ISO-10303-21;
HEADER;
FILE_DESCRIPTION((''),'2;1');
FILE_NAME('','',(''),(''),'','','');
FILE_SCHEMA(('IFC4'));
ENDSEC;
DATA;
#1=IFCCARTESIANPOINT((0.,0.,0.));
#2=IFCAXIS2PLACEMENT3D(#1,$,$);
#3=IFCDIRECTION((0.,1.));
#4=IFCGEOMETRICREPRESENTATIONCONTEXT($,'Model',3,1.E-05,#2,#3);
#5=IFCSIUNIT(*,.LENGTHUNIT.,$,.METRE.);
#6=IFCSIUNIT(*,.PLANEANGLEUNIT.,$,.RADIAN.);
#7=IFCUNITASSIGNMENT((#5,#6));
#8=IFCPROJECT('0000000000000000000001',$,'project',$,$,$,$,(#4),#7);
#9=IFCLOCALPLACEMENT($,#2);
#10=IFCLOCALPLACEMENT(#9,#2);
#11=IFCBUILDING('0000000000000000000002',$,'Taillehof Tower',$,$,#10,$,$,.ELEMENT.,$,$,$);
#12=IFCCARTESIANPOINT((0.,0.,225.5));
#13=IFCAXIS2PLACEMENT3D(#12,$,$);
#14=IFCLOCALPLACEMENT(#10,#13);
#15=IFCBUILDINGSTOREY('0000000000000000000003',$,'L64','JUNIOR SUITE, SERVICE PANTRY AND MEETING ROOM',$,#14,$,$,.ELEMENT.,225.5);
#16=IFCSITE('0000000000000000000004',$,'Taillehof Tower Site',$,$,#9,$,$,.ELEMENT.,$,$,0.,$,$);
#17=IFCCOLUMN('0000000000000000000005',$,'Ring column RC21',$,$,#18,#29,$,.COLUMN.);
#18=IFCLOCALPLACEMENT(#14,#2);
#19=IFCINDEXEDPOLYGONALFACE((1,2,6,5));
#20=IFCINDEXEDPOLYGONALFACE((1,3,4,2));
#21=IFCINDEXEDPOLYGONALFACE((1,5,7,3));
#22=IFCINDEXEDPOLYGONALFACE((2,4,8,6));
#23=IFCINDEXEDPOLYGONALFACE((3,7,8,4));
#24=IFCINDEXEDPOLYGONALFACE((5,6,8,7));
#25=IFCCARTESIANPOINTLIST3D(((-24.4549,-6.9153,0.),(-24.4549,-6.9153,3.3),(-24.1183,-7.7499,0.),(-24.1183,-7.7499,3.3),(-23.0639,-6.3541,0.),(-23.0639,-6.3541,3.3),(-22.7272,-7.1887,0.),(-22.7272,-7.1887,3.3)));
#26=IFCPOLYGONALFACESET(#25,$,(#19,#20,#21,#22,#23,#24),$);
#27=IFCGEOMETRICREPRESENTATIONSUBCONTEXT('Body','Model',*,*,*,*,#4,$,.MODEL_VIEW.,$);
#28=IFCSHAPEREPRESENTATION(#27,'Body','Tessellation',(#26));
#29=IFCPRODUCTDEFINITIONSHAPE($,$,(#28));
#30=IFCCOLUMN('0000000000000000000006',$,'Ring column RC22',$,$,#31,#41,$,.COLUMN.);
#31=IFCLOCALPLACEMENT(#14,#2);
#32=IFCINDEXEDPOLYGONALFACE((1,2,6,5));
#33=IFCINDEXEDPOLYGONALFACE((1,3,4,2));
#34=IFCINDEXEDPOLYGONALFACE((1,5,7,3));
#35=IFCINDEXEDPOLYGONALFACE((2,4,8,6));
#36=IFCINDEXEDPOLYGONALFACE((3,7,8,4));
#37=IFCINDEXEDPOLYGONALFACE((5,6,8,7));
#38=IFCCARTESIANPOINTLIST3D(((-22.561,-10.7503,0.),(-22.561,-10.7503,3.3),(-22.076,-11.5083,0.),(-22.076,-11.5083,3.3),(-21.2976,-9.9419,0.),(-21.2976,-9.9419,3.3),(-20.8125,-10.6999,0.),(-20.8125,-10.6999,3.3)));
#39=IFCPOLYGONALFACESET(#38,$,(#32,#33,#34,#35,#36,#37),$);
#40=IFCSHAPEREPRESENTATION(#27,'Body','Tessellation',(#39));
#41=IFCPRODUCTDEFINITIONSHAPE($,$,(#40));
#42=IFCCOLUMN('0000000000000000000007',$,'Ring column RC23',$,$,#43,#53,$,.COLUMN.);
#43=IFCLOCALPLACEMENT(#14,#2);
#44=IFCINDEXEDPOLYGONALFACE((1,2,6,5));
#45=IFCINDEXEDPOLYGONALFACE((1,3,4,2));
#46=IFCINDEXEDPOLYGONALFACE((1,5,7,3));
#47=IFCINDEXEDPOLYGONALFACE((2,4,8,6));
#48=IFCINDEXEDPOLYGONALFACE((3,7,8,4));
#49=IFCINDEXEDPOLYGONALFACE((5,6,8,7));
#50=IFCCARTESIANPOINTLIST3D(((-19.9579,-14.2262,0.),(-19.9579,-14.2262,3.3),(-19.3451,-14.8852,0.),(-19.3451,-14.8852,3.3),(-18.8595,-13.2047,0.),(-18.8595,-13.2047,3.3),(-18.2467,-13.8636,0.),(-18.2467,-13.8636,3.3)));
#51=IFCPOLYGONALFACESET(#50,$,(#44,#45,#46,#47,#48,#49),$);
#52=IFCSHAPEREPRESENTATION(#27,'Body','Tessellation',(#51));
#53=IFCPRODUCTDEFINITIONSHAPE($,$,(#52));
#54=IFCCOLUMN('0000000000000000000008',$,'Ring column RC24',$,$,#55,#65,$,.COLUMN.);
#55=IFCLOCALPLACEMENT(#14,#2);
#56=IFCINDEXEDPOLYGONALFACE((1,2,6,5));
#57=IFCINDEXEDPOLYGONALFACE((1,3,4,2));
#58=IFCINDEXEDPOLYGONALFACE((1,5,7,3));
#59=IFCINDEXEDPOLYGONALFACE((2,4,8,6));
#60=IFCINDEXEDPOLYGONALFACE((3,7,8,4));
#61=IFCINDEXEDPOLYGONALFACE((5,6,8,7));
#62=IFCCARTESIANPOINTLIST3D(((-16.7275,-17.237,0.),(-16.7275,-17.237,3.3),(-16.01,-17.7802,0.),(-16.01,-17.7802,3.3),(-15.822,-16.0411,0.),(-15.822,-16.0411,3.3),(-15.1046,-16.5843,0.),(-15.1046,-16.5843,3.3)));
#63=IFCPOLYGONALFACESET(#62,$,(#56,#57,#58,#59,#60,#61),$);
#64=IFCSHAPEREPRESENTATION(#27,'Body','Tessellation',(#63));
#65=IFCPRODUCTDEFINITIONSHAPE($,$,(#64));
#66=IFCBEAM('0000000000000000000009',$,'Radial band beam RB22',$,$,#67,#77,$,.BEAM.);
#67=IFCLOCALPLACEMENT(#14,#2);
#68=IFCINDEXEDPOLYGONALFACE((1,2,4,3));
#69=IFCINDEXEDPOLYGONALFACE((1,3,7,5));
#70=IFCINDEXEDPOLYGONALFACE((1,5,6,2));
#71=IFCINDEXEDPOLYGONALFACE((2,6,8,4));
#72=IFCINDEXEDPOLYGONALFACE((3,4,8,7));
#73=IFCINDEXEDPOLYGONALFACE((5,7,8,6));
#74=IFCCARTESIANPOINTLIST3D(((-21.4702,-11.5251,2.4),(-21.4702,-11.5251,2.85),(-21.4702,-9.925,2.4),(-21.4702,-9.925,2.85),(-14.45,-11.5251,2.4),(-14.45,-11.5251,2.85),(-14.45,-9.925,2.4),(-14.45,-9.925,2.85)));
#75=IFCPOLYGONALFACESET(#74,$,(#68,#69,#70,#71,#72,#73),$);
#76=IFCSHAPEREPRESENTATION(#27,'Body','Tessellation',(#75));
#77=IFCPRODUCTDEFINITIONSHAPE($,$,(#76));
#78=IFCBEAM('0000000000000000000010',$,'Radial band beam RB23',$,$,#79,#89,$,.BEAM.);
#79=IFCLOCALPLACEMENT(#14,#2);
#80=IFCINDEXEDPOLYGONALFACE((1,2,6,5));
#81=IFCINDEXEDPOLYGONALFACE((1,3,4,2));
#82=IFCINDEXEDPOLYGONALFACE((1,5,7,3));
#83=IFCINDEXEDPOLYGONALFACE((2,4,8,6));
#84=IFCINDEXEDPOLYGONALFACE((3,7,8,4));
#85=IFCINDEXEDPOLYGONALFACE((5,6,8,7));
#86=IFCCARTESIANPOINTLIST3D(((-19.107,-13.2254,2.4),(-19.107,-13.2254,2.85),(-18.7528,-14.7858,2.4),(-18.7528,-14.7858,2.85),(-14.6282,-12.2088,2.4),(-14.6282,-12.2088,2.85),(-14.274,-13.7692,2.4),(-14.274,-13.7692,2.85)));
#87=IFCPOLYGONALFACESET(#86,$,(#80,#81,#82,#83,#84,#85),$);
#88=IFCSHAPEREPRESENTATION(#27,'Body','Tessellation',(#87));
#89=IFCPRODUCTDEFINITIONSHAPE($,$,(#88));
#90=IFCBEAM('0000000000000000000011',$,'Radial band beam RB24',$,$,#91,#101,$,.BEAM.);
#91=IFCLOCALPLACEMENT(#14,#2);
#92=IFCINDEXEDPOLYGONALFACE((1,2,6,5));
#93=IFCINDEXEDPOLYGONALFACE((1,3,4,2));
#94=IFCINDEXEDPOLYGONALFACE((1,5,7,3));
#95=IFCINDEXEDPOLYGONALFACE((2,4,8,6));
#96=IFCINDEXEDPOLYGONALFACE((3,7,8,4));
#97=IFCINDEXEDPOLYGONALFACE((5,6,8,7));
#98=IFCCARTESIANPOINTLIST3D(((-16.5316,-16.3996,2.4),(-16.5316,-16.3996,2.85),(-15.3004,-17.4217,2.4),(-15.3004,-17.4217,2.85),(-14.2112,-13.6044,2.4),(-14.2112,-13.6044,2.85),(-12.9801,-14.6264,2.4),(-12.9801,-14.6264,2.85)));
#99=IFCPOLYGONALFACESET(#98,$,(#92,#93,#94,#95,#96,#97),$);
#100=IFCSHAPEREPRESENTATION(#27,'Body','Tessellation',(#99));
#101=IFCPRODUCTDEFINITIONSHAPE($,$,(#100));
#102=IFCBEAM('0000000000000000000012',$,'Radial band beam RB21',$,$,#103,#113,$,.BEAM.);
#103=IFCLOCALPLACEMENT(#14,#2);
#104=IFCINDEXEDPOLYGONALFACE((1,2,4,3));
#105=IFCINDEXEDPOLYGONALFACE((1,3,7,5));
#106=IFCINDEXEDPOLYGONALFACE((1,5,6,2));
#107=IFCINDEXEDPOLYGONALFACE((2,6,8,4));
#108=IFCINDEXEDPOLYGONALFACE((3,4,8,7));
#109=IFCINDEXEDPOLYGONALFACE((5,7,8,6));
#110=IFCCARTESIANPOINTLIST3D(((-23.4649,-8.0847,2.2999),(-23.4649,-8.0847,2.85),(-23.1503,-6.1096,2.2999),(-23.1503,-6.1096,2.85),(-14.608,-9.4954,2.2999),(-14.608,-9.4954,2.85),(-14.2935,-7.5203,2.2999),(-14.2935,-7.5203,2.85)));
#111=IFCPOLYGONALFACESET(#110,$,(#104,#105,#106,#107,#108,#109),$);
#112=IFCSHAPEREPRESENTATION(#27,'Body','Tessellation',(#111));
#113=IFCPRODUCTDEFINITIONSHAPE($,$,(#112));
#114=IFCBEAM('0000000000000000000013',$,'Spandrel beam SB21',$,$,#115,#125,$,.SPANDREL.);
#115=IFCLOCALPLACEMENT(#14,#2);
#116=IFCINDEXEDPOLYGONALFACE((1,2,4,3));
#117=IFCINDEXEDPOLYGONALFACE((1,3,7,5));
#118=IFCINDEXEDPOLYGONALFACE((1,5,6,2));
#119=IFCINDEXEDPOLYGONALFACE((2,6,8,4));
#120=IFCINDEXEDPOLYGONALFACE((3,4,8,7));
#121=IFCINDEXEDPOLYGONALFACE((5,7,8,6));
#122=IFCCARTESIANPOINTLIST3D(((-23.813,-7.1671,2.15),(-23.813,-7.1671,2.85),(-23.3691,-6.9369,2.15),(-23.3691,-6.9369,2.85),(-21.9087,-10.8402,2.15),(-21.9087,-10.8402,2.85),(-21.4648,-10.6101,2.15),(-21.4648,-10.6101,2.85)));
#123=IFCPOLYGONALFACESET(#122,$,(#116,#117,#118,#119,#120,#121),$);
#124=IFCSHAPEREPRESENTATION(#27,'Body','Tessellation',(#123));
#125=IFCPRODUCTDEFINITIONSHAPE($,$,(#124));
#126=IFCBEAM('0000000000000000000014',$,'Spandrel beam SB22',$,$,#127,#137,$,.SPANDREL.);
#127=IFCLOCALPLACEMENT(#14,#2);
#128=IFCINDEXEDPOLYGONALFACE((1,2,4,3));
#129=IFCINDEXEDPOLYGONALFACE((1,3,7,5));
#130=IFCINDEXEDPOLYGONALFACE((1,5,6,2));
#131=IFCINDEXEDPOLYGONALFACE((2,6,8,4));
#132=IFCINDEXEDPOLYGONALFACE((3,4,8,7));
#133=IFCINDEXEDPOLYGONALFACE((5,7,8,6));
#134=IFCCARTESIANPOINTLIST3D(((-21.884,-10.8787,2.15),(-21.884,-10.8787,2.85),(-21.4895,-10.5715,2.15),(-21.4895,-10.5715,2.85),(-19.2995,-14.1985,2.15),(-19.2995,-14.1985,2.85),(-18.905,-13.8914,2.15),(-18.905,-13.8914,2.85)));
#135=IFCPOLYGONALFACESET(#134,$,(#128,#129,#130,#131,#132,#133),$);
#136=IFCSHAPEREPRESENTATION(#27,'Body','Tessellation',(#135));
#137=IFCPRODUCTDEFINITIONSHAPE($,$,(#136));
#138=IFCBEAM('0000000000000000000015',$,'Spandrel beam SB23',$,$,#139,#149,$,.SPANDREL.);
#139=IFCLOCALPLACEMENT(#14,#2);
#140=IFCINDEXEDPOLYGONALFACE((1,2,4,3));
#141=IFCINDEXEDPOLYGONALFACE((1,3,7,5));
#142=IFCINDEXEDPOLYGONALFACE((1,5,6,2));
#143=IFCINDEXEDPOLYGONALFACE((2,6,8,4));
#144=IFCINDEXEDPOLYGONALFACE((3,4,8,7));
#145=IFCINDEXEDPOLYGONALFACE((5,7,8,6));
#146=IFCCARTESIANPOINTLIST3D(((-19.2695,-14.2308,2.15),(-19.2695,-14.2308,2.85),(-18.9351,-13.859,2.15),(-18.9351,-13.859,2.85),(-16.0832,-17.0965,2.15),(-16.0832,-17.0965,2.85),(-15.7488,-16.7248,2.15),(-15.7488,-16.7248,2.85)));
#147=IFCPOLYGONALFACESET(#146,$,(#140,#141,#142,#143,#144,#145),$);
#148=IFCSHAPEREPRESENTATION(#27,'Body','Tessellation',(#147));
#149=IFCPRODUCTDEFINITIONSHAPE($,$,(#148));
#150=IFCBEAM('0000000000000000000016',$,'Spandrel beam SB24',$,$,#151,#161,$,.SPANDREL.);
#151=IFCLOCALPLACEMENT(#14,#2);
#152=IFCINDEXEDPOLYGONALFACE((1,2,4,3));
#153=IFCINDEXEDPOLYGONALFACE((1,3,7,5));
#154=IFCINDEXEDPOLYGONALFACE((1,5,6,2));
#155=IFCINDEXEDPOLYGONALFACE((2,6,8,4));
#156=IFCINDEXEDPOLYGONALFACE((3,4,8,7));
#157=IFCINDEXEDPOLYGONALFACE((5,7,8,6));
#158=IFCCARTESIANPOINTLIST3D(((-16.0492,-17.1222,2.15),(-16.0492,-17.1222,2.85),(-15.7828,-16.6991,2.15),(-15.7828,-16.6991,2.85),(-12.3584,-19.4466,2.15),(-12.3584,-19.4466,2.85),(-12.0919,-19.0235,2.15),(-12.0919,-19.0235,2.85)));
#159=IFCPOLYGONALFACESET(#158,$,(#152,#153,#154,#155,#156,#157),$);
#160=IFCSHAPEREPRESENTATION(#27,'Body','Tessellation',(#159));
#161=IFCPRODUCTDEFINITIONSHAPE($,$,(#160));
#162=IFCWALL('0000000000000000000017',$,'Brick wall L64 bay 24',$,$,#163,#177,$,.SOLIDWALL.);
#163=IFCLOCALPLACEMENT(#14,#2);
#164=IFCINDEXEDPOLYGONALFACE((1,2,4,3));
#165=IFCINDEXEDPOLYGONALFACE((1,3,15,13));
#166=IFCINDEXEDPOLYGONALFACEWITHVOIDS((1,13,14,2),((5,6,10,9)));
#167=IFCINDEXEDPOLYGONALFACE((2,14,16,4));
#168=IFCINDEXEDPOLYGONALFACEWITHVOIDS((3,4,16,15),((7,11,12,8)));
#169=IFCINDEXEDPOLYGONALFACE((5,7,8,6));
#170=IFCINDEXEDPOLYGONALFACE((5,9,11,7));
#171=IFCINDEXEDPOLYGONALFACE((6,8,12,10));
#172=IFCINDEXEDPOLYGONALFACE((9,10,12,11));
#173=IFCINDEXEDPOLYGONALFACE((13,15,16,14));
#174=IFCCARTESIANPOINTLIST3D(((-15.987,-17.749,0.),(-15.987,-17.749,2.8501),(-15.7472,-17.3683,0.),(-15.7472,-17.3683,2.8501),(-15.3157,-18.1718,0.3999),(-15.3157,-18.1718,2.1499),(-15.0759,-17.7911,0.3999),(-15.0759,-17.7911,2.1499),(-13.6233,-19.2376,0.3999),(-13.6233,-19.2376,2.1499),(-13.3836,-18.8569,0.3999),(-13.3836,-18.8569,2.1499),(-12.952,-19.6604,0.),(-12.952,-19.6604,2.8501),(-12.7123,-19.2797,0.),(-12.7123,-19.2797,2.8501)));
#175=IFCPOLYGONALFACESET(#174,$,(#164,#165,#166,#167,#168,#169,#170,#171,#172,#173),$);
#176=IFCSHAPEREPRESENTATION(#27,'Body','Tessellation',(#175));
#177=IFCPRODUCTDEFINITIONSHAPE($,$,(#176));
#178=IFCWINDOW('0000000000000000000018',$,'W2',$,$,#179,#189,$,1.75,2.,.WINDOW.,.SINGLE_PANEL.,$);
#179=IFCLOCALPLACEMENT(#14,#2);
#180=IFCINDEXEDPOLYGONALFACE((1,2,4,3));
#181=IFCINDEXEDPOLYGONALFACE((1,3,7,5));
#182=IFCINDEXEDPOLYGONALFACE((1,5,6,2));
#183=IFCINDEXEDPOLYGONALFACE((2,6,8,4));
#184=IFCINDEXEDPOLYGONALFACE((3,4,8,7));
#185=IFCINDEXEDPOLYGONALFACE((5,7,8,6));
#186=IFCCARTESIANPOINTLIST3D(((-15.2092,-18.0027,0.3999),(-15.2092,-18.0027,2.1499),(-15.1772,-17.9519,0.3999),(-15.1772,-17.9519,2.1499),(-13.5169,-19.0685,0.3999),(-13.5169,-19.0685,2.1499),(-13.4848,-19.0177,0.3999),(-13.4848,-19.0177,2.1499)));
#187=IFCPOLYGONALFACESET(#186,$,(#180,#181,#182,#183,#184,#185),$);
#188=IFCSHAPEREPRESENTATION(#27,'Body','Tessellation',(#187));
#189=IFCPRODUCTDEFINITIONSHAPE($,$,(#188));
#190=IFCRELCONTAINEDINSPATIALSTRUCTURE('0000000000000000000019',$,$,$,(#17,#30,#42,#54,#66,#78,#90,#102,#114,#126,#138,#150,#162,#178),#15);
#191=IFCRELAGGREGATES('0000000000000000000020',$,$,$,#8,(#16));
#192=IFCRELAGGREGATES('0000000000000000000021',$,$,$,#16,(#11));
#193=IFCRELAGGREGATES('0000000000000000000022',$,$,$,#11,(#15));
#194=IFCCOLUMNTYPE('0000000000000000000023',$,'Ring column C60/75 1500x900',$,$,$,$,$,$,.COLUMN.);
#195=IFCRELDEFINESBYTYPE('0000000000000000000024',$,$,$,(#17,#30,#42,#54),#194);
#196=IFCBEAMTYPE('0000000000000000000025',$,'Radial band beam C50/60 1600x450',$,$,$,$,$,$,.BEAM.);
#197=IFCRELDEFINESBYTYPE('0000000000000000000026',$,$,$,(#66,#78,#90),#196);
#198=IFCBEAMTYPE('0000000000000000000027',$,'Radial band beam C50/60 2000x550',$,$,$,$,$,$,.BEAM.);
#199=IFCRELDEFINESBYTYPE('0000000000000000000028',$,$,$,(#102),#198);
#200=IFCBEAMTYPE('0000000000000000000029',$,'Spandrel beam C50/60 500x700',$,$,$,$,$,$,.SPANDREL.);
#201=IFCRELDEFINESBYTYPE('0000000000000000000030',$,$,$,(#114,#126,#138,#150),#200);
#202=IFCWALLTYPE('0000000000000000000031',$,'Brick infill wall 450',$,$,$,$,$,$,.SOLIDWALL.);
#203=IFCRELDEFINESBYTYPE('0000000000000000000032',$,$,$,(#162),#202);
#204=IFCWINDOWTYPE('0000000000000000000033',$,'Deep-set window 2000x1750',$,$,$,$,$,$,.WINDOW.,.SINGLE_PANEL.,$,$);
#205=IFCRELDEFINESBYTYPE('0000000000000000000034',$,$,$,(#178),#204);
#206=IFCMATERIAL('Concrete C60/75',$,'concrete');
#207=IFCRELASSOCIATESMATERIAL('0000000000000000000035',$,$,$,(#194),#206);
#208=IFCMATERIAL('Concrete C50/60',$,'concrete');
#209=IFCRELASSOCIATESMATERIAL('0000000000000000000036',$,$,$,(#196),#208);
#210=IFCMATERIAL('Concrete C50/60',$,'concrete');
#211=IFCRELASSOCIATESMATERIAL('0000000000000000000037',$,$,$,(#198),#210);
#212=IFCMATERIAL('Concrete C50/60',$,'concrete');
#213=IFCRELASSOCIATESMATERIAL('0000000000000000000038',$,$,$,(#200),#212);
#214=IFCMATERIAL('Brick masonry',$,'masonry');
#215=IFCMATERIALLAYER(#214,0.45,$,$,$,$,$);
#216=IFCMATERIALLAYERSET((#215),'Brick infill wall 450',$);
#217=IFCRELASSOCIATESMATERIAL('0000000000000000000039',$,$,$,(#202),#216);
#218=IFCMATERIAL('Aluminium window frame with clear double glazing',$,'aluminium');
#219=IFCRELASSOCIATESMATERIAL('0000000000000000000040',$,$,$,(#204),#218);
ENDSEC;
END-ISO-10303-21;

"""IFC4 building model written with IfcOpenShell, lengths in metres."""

from ifc_helpers import new_model, si_unit, direction, frame, frame_2d, origin, origin_2d, place, context, subcontext, project, spatial, rectangle, extrude, material, layer, layer_set, material_profile, profile_set, type_object, element, fill, save


model = new_model("IFC4")

# Units and contexts
model_context = context("Model", 3, precision=1e-05, world=origin(), true_north=direction((0.0, 1.0)))
body_context = subcontext(model_context, "Body", "Model", "MODEL_VIEW")
ifc_project = project(units=[si_unit("LENGTHUNIT", "METRE"), si_unit("PLANEANGLEUNIT", "RADIAN")], contexts=[model_context])

# Site, building, storey
site_placement = place(None, origin())
site = spatial("IfcSite", under=ifc_project, at=site_placement, Name="Taillehof Tower Site", CompositionType="ELEMENT", RefElevation=0.0)
building_placement = place(site_placement, origin())
building = spatial("IfcBuilding", under=site, at=building_placement, Name="Taillehof Tower", CompositionType="ELEMENT")
storey_placement = place(building_placement, frame((0.0, 0.0, 225.5)))
storey = spatial("IfcBuildingStorey", under=building, at=storey_placement, Name="L64", Description="JUNIOR SUITE, SERVICE PANTRY AND MEETING ROOM", CompositionType="ELEMENT", Elevation=225.5)

# Columns
ifc_material_1 = material(Name="Concrete C60/75", Category="concrete")
ifc_material_profile_1 = material_profile(ifc_material_1, rectangle(XDim=1.5, YDim=0.8999, at=origin_2d()), Name="RC 1500x900")
ifc_profile_set_1 = profile_set([ifc_material_profile_1], Name="Concrete C60/75")
column_type = type_object("IfcColumnType", Name="Ring column C60/75 1500x900", PredefinedType="COLUMN", material=ifc_profile_set_1)
for number, where, z_axis, x_axis, name in (
    (1, (-23.5911, -7.052, 0.0), (0.0, 0.0, 1.0), (-0.927385, -0.374108, 0.0), "Ring column RC21"),
    (2, (-21.6868, -10.7251, 0.0), (0.0, 0.0, 1.0), (-0.842311, -0.538992, 0.0), "Ring column RC22"),
    (3, (-19.1023, -14.0449, 0.0), (0.0, 0.0, 1.0), (-0.732271, -0.681013, 0.0), "Ring column RC23"),
    (4, (-15.916, -16.9106, 0.0), (0.0, 0.0, 1.0), (-0.603608, -0.797281, 0.0), "Ring column RC24"),
):
    element("IfcColumn", number, at=place(storey_placement, frame(where, z_axis=z_axis, x_axis=x_axis)), inside=storey, type_object=column_type, Name=name, PredefinedType="COLUMN", context=body_context, shape_type="SweptSolid", body=[
        extrude(rectangle(XDim=1.5, YDim=0.8999, at=origin_2d()), origin(), (0.0, 0.0, 1.0), 3.3),
    ])

# Beams
ifc_material_2 = material(Name="Concrete C50/60", Category="concrete")
ifc_material_profile_2 = material_profile(ifc_material_2, rectangle(XDim=1.6001, YDim=0.45, at=origin_2d()), Name="RC 1600x450")
ifc_profile_set_2 = profile_set([ifc_material_profile_2], Name="Concrete C50/60")
beam_type_1 = type_object("IfcBeamType", Name="Radial band beam C50/60 1600x450", PredefinedType="BEAM", material=ifc_profile_set_2)
beam_1_placement = place(storey_placement, frame((-21.4702, -10.7251, 2.625), z_axis=(1.0, 0.0, 0.0), x_axis=(0.0, 1.0, 0.0)))
element("IfcBeam", 5, at=beam_1_placement, inside=storey, type_object=beam_type_1, Name="Radial band beam RB22", PredefinedType="BEAM", context=body_context, shape_type="SweptSolid", body=[
    extrude(rectangle(XDim=1.6001, YDim=0.45, at=origin_2d()), origin(), (0.0, 0.0, 1.0), 7.0203),
])
beam_2_placement = place(storey_placement, frame((-18.9299, -14.0056, 2.625), z_axis=(0.975194, 0.221352, 0.0), x_axis=(-0.221352, 0.975194, 0.0)))
element("IfcBeam", 6, at=beam_2_placement, inside=storey, type_object=beam_type_1, Name="Radial band beam RB23", PredefinedType="BEAM", context=body_context, shape_type="SweptSolid", body=[
    extrude(rectangle(XDim=1.6001, YDim=0.45, at=origin_2d()), origin(), (0.0, 0.0, 1.0), 4.5928),
])
beam_3_placement = place(storey_placement, frame((-15.916, -16.9106, 2.625), z_axis=(0.638722, 0.769437, 0.0), x_axis=(-0.769437, 0.638722, 0.0)))
element("IfcBeam", 7, at=beam_3_placement, inside=storey, type_object=beam_type_1, Name="Radial band beam RB24", PredefinedType="BEAM", context=body_context, shape_type="SweptSolid", body=[
    extrude(rectangle(XDim=1.6001, YDim=0.45, at=origin_2d()), origin(), (0.0, 0.0, 1.0), 3.6328),
])
ifc_material_3 = material(Name="Concrete C50/60", Category="concrete")
ifc_material_profile_3 = material_profile(ifc_material_3, rectangle(XDim=2.0, YDim=0.55, at=origin_2d()), Name="RC 2000x550")
ifc_profile_set_3 = profile_set([ifc_material_profile_3], Name="Concrete C50/60")
beam_type_2 = type_object("IfcBeamType", Name="Radial band beam C50/60 2000x550", PredefinedType="BEAM", material=ifc_profile_set_3)
beam_4_placement = place(storey_placement, frame((-23.3076, -7.0972, 2.575), z_axis=(0.987553, -0.157288, 0.0), x_axis=(0.157288, 0.987553, 0.0)))
element("IfcBeam", 8, at=beam_4_placement, inside=storey, type_object=beam_type_2, Name="Radial band beam RB21", PredefinedType="BEAM", context=body_context, shape_type="SweptSolid", body=[
    extrude(rectangle(XDim=2.0, YDim=0.55, at=origin_2d()), origin(), (0.0, 0.0, 1.0), 8.9685),
])
ifc_material_4 = material(Name="Concrete C50/60", Category="concrete")
ifc_material_profile_4 = material_profile(ifc_material_4, rectangle(XDim=0.5, YDim=0.7, at=origin_2d()), Name="RC 500x700")
ifc_profile_set_4 = profile_set([ifc_material_profile_4], Name="Concrete C50/60")
beam_type_3 = type_object("IfcBeamType", Name="Spandrel beam C50/60 500x700", PredefinedType="SPANDREL", material=ifc_profile_set_4)
beam_5_placement = place(storey_placement, frame((-23.5911, -7.052, 2.5), z_axis=(0.460265, -0.887781, 0.0), x_axis=(0.887781, 0.460265, 0.0)))
element("IfcBeam", 9, at=beam_5_placement, inside=storey, type_object=beam_type_3, Name="Spandrel beam SB21", PredefinedType="SPANDREL", context=body_context, shape_type="SweptSolid", body=[
    extrude(rectangle(XDim=0.5, YDim=0.7, at=origin_2d()), origin(), (0.0, 0.0, 1.0), 4.1375),
])
beam_6_placement = place(storey_placement, frame((-21.6868, -10.7251, 2.5), z_axis=(0.614294, -0.789077, 0.0), x_axis=(0.789077, 0.614294, 0.0)))
element("IfcBeam", 10, at=beam_6_placement, inside=storey, type_object=beam_type_3, Name="Spandrel beam SB22", PredefinedType="SPANDREL", context=body_context, shape_type="SweptSolid", body=[
    extrude(rectangle(XDim=0.5, YDim=0.7, at=origin_2d()), origin(), (0.0, 0.0, 1.0), 4.2073),
])
beam_7_placement = place(storey_placement, frame((-19.1023, -14.0449, 2.5), z_axis=(0.743518, -0.668716, 0.0), x_axis=(0.668716, 0.743518, 0.0)))
element("IfcBeam", 11, at=beam_7_placement, inside=storey, type_object=beam_type_3, Name="Spandrel beam SB23", PredefinedType="SPANDREL", context=body_context, shape_type="SweptSolid", body=[
    extrude(rectangle(XDim=0.5, YDim=0.7, at=origin_2d()), origin(), (0.0, 0.0, 1.0), 4.2854),
])
beam_8_placement = place(storey_placement, frame((-15.916, -16.9106, 2.5), z_axis=(0.846176, -0.532904, 0.0), x_axis=(0.532904, 0.846176, 0.0)))
element("IfcBeam", 12, at=beam_8_placement, inside=storey, type_object=beam_type_3, Name="Spandrel beam SB24", PredefinedType="SPANDREL", context=body_context, shape_type="SweptSolid", body=[
    extrude(rectangle(XDim=0.5, YDim=0.7, at=origin_2d()), origin(), (0.0, 0.0, 1.0), 4.3618),
])

# Wall, opening, window
ifc_material_5 = material(Name="Brick masonry", Category="masonry")
ifc_layer = layer(ifc_material_5, 0.45)
ifc_layer_set = layer_set([ifc_layer], Name="Brick infill wall 450")
wall_type_1 = type_object("IfcWallType", Name="Brick infill wall 450", PredefinedType="SOLIDWALL", material=ifc_layer_set)
wall_1_placement = place(storey_placement, frame((-15.8672, -17.5586, 0.0), z_axis=(0.0, 0.0, 1.0), x_axis=(0.846169, -0.532914, 0.0)))
wall_1 = element("IfcWall", 13, at=wall_1_placement, inside=storey, type_object=wall_type_1, Name="Brick wall L64 bay 24", PredefinedType="SOLIDWALL", context=body_context, shape_type="SweptSolid", body=[
    extrude(rectangle(XDim=3.5867, YDim=0.45, at=frame_2d((1.7935, 0.0))), origin(), (0.0, 0.0, 1.0), 2.8501),
])
opening_1_placement = place(wall_1_placement, frame((0.7935, 0.0, 0.3999)))
opening_1 = element("IfcOpeningElement", 14, at=opening_1_placement, cuts=wall_1, PredefinedType="OPENING", context=body_context, shape_type="SweptSolid", body=[
    extrude(rectangle(XDim=2.0, YDim=1.75, at=frame_2d((1.0, 0.875))), frame((0.0, 0.2349, 0.0), z_axis=(0.0, -1.0, 0.0), x_axis=(1.0, 0.0, 0.0)), (0.0, 0.0, 1.0), 0.47),
])
ifc_material_6 = material(Name="Aluminium window frame with clear double glazing", Category="aluminium")
window_type_1 = type_object("IfcWindowType", Name="Deep-set window 2000x1750", PartitioningType="SINGLE_PANEL", PredefinedType="WINDOW", material=ifc_material_6)
window_1_placement = place(opening_1_placement, origin())
window_1 = element("IfcWindow", 15, at=window_1_placement, inside=storey, type_object=window_type_1, Name="W2", OverallHeight=1.75, OverallWidth=2.0, PartitioningType="SINGLE_PANEL", PredefinedType="WINDOW", context=body_context, shape_type="SweptSolid", body=[
    extrude(rectangle(XDim=2.0, YDim=1.75, at=frame_2d((1.0, 0.875))), frame((0.0, 0.0349, 0.0), z_axis=(0.0, -1.0, 0.0), x_axis=(1.0, 0.0, 0.0)), (0.0, 0.0, 1.0), 0.0601),
])
fill(opening_1, window_1)

save(model, "model.ifc")
